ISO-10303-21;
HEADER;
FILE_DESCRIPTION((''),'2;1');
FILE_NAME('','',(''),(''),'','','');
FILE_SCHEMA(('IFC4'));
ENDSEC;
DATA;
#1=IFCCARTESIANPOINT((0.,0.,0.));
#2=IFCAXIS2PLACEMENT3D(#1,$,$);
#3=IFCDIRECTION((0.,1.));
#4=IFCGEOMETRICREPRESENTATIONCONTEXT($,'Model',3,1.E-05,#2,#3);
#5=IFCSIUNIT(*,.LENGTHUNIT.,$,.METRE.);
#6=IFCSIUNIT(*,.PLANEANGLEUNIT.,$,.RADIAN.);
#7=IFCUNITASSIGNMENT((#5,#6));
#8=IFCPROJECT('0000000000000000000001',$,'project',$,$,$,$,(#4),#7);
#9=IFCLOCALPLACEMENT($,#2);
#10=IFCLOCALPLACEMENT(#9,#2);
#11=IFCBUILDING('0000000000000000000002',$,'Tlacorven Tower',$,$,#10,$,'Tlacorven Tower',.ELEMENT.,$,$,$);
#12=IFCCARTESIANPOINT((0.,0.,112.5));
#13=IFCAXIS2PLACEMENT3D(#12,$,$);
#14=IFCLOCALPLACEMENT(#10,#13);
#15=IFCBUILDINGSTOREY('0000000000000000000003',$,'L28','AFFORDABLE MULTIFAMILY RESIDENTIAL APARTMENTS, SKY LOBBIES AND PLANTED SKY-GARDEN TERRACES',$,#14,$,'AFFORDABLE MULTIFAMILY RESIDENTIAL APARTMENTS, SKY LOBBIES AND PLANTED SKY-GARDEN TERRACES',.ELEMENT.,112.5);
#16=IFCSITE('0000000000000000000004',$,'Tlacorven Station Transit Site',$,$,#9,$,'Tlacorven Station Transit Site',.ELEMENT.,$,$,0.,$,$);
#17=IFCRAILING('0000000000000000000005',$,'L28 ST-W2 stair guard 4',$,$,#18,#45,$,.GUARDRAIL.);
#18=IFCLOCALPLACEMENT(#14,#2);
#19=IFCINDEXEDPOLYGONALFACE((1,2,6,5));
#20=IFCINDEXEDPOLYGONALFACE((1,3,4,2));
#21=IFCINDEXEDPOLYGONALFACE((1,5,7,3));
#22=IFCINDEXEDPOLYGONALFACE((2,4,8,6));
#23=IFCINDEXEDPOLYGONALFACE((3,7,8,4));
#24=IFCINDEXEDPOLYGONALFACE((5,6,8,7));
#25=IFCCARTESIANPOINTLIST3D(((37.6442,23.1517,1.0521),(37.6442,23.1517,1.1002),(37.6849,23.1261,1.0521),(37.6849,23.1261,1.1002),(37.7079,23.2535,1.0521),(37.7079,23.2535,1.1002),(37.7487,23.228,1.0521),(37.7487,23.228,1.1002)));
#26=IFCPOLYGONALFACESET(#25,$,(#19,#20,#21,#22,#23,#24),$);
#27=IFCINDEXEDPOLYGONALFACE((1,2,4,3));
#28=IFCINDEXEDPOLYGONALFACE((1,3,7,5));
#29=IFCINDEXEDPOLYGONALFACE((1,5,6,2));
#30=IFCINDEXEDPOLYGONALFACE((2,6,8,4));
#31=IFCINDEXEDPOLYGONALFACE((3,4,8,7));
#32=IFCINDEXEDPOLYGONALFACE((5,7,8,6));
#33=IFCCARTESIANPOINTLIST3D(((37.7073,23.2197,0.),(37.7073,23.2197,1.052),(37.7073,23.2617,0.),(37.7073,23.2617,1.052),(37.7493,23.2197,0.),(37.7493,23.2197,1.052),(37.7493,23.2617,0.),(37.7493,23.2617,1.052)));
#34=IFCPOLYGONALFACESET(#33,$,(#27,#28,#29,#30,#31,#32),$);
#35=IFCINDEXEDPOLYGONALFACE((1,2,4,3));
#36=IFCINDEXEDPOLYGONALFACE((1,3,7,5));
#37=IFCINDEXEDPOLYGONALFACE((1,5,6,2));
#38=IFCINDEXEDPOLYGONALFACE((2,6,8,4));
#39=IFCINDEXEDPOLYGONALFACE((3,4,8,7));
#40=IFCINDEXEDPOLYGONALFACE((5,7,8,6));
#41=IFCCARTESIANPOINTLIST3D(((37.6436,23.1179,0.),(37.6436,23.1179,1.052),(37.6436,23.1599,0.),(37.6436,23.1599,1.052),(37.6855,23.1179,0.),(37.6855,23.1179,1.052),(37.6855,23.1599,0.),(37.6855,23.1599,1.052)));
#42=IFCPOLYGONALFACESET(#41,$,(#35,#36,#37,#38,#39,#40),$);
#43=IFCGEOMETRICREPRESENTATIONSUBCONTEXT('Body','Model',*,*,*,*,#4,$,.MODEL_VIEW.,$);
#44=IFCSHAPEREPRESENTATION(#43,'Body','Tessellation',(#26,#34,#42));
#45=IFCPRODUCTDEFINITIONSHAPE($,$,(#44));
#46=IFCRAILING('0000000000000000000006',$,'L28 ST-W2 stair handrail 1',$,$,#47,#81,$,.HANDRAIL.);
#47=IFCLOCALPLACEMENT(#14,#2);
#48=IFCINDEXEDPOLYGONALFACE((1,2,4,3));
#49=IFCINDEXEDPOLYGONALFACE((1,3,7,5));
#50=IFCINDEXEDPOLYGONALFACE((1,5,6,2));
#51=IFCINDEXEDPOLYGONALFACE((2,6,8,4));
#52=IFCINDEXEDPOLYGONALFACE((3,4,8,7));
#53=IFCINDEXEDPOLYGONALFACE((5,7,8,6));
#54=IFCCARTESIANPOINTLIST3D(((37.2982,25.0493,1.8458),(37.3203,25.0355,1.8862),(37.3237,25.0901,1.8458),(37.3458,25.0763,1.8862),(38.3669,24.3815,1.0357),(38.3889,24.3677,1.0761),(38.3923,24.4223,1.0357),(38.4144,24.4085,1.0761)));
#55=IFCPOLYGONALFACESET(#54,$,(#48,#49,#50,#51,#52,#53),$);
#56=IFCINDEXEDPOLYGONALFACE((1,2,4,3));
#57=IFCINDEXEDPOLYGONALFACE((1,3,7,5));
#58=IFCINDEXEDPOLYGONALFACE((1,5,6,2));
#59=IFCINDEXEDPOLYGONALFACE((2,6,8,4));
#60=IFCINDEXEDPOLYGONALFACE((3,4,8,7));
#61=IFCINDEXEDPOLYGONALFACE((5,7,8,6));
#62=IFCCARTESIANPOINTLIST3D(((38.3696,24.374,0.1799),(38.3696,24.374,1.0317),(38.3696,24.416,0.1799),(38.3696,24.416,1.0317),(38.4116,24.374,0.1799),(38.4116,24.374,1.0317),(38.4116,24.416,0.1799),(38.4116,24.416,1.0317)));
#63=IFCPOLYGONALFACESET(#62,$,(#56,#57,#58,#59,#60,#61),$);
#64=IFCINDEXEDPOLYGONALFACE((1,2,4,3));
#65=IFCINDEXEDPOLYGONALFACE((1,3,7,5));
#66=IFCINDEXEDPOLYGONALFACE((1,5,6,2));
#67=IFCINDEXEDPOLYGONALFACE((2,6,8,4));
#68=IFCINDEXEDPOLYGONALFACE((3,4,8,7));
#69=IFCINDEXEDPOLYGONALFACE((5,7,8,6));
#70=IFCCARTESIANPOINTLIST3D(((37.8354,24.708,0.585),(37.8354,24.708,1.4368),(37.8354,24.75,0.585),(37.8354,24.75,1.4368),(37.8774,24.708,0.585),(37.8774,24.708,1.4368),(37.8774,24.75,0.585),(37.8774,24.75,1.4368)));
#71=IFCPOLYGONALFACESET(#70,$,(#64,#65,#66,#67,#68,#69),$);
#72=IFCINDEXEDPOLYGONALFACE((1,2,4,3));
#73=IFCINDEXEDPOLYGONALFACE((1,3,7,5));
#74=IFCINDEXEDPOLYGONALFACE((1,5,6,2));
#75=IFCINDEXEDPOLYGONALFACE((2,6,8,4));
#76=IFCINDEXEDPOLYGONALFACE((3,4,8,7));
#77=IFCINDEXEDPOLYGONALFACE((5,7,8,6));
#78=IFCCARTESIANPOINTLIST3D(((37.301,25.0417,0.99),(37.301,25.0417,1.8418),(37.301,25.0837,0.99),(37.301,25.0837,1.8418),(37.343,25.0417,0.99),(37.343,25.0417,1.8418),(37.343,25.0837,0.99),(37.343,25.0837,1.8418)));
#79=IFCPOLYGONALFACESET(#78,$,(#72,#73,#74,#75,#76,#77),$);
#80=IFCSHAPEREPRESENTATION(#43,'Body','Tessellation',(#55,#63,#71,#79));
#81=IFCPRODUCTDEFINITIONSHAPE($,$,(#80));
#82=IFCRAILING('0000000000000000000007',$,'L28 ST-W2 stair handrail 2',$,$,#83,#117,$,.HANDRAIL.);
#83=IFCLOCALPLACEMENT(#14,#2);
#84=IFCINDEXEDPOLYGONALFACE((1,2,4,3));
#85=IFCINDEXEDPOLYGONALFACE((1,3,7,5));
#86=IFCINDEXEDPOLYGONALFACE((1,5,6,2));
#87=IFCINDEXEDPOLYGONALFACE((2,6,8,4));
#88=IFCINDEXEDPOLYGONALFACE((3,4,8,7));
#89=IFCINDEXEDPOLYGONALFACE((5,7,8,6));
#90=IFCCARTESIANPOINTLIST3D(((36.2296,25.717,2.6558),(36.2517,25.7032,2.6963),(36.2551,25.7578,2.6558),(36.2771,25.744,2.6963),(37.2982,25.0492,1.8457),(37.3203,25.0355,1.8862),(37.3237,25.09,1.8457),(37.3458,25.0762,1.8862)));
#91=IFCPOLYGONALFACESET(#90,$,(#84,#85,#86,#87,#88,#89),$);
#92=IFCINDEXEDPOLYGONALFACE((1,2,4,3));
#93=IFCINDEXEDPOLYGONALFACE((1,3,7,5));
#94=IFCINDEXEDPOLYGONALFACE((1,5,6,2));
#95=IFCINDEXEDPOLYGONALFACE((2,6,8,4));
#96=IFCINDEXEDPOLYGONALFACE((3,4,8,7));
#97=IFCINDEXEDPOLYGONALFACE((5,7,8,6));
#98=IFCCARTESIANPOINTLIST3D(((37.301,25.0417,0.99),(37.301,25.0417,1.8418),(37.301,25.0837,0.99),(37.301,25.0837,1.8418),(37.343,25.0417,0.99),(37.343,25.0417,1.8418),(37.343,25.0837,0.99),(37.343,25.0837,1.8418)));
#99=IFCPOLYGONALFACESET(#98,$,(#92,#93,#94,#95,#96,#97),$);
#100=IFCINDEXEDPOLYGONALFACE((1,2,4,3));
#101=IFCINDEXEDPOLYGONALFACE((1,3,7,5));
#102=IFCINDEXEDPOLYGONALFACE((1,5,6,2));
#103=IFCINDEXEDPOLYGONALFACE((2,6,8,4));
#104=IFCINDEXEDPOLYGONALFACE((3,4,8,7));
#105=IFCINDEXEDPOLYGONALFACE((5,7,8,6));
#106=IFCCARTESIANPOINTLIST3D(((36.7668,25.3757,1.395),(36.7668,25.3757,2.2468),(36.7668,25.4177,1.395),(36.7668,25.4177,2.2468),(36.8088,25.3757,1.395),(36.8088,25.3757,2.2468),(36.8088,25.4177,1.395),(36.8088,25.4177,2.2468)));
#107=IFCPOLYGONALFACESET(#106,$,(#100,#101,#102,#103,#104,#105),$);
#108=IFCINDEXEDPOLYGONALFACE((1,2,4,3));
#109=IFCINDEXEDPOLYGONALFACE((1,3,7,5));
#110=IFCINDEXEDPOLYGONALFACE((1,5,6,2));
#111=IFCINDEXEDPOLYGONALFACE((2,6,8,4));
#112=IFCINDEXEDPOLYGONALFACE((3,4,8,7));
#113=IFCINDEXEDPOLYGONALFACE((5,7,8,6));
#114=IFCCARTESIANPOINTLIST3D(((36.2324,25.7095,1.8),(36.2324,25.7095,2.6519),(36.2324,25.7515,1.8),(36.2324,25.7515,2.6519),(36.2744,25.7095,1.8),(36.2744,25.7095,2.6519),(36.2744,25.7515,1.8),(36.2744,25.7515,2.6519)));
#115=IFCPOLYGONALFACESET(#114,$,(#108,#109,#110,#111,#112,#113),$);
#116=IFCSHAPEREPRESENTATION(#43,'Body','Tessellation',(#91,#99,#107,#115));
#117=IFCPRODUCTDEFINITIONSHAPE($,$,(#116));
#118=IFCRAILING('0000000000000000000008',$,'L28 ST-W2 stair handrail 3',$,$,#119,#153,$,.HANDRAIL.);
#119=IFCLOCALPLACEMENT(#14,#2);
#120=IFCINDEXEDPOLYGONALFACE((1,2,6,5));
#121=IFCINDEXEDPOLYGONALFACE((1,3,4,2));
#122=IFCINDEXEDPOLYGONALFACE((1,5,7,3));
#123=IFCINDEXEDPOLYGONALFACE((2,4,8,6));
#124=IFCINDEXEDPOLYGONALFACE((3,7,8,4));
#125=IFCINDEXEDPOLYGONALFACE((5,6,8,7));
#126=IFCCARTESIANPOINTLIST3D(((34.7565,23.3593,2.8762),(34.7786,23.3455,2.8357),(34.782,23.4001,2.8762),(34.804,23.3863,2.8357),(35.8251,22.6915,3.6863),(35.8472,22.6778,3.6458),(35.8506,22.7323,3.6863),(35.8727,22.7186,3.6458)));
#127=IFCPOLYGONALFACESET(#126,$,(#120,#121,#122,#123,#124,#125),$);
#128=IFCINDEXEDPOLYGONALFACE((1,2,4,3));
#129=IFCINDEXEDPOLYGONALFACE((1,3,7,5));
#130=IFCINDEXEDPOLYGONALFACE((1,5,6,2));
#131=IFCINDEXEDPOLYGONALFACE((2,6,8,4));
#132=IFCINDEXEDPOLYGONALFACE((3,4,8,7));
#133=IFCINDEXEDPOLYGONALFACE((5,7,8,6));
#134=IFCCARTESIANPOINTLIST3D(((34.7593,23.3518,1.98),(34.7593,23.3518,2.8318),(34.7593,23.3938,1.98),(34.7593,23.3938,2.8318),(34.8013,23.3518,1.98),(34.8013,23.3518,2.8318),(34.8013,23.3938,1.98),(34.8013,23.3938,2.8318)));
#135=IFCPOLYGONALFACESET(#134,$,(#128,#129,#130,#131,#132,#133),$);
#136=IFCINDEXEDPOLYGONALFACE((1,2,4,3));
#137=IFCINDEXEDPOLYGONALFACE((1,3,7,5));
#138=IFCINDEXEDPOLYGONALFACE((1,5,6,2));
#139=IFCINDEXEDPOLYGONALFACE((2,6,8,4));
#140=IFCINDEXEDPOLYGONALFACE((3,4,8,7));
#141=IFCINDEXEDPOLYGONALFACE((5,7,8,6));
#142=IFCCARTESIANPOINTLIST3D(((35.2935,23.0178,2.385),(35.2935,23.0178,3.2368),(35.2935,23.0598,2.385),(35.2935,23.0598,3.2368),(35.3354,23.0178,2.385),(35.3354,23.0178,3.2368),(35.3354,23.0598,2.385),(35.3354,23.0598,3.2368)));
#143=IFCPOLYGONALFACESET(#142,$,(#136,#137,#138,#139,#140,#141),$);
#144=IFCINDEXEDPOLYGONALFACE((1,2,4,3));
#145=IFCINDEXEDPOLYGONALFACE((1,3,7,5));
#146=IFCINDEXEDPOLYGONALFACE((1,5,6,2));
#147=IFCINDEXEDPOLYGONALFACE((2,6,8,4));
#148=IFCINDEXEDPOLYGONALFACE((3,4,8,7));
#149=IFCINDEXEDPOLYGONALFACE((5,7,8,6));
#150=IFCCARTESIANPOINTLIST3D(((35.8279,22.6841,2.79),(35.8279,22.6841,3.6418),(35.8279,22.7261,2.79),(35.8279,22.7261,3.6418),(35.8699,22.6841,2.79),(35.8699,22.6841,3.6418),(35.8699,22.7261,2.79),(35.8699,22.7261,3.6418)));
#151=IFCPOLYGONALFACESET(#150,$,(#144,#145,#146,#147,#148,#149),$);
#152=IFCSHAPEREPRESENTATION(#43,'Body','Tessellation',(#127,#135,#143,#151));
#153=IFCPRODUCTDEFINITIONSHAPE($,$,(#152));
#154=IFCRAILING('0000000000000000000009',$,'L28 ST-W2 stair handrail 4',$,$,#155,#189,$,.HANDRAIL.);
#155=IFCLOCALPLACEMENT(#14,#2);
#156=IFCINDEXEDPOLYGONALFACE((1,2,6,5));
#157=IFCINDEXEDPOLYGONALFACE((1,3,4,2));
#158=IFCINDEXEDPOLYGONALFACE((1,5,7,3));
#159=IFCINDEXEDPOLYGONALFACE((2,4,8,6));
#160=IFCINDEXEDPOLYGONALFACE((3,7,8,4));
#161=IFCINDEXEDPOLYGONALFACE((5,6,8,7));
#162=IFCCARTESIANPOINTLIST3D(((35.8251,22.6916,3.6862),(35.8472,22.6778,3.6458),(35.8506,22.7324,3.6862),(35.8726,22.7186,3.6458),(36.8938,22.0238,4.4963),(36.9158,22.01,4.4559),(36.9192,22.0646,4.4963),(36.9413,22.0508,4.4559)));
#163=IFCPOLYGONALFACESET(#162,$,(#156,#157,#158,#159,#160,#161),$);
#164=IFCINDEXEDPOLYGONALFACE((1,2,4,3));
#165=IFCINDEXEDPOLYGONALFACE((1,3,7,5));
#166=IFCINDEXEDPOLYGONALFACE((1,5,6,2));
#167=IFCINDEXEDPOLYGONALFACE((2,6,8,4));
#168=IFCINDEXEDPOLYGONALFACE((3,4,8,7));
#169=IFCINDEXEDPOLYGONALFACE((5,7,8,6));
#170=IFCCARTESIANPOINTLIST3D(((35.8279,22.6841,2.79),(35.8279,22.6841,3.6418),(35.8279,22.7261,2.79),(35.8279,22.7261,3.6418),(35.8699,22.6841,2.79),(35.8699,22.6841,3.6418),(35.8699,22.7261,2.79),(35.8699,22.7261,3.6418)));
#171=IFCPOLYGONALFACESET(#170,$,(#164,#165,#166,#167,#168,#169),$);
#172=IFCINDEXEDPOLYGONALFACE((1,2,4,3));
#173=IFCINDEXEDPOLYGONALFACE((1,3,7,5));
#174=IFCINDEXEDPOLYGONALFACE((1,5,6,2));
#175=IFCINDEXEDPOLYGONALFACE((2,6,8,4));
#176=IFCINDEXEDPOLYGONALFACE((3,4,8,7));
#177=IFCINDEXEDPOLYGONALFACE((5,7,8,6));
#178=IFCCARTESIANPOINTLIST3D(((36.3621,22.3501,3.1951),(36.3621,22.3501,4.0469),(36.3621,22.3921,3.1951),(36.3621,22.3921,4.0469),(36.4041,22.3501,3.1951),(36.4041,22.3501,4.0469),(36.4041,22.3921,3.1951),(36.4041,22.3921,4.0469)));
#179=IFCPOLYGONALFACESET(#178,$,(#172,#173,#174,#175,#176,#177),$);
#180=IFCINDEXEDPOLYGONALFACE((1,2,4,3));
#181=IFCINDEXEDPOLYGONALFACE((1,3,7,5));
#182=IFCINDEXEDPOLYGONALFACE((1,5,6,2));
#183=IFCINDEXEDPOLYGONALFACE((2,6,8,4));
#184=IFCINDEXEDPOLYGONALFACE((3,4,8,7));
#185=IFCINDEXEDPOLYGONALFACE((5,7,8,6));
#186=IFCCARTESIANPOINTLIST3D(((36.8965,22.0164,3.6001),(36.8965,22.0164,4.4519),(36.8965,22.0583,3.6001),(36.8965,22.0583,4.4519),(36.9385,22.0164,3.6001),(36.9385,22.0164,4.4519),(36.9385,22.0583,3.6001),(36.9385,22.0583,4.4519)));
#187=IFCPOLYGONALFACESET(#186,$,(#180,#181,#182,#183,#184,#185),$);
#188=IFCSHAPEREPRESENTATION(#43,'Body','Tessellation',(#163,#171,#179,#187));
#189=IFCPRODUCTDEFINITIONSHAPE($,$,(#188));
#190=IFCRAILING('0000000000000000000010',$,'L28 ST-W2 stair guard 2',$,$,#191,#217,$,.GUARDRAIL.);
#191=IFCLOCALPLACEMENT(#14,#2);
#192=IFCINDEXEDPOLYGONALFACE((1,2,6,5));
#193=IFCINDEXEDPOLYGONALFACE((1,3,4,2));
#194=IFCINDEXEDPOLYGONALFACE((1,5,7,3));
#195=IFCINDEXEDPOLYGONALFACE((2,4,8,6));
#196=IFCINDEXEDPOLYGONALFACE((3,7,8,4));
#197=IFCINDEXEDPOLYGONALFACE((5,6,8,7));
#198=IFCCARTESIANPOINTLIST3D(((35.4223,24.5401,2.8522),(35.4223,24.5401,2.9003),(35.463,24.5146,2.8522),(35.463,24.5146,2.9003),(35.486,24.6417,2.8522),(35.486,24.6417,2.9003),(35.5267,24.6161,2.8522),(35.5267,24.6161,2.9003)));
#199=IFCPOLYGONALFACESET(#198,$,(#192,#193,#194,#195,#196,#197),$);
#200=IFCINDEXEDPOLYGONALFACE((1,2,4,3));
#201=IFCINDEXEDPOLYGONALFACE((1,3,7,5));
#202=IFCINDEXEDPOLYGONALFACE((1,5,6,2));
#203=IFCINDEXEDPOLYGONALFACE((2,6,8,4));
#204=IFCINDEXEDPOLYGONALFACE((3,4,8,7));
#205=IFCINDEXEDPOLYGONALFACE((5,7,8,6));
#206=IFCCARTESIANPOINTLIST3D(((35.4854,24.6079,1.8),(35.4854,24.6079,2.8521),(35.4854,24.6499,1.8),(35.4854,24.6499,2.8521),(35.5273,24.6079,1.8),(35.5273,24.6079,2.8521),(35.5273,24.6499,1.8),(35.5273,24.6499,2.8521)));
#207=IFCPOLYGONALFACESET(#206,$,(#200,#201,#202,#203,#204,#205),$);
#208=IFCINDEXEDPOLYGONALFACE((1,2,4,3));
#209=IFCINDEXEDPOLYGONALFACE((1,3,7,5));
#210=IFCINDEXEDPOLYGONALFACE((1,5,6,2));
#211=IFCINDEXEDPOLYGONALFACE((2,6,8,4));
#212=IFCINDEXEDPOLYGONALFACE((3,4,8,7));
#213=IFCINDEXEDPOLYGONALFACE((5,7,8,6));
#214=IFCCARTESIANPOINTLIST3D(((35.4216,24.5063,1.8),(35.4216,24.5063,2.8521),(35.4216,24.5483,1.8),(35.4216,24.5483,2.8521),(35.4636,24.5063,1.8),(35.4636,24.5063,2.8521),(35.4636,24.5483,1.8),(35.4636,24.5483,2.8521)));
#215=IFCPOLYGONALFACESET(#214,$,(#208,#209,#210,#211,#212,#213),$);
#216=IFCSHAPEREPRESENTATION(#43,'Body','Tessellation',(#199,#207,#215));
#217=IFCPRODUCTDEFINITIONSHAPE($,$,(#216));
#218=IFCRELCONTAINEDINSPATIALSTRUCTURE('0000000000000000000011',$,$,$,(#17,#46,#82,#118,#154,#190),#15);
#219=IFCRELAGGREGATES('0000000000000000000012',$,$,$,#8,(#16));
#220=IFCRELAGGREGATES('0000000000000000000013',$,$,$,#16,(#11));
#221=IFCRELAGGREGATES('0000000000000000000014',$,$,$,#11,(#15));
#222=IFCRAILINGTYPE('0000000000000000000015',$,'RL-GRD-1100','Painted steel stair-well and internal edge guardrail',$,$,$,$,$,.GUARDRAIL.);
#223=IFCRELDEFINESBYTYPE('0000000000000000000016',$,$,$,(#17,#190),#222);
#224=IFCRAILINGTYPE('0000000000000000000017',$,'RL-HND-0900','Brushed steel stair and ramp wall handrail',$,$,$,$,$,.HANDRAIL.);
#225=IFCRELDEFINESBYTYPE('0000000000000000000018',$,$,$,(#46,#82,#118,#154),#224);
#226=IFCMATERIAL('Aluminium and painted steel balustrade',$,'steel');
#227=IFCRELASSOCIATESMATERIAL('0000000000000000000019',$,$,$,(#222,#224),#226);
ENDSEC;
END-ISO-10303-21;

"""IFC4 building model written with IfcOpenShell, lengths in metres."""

from ifc_helpers import new_model, si_unit, direction, frame, origin, origin_2d, place, context, subcontext, project, spatial, rectangle, extrude, source, transform, mapped, material, type_object, element, save


model = new_model("IFC4")

# Units and contexts
model_context = context("Model", 3, precision=1e-05, world=origin(), true_north=direction((0.0, 1.0)))
body_context = subcontext(model_context, "Body", "Model", "MODEL_VIEW")
ifc_project = project(units=[si_unit("LENGTHUNIT", "METRE"), si_unit("PLANEANGLEUNIT", "RADIAN")], contexts=[model_context])

# Site, building, storey
site_placement = place(None, origin())
site = spatial("IfcSite", under=ifc_project, at=site_placement, Name="Tlacorven Station Transit Site", LongName="Tlacorven Station Transit Site", CompositionType="ELEMENT", RefElevation=0.0)
building_placement = place(site_placement, origin())
building = spatial("IfcBuilding", under=site, at=building_placement, Name="Tlacorven Tower", LongName="Tlacorven Tower", CompositionType="ELEMENT")
storey_placement = place(building_placement, frame((0.0, 0.0, 112.5)))
storey = spatial("IfcBuildingStorey", under=building, at=storey_placement, Name="L28", Description="AFFORDABLE MULTIFAMILY RESIDENTIAL APARTMENTS, SKY LOBBIES AND PLANTED SKY-GARDEN TERRACES", LongName="AFFORDABLE MULTIFAMILY RESIDENTIAL APARTMENTS, SKY LOBBIES AND PLANTED SKY-GARDEN TERRACES", CompositionType="ELEMENT", Elevation=112.5)

# Railings
ifc_material_1 = material(Name="Aluminium and painted steel balustrade", Category="steel")
railing_type_1 = type_object("IfcRailingType", Name="RL-GRD-1100", Description="Painted steel stair-well and internal edge guardrail", PredefinedType="GUARDRAIL", material=ifc_material_1)
shared_shape_1 = source(origin(), body_context, "Body", "SweptSolid", [
    extrude(rectangle(XDim=0.0481, YDim=0.0481, at=origin_2d()), frame((0.0, 0.0, 1.0762), z_axis=(-0.530547, -0.847656, 0.0), x_axis=(0.847656, -0.530547, 0.0)), (0.0, 0.0, 1.0), 0.1201),
    extrude(rectangle(XDim=0.042, YDim=0.042, at=origin_2d()), origin(), (0.0, 0.0, 1.0), 1.052),
    extrude(rectangle(XDim=0.042, YDim=0.042, at=origin_2d()), frame((-0.0637, -0.1018, 0.0)), (0.0, 0.0, 1.0), 1.052),
])
railing_1_placement = place(storey_placement, frame((37.7283, 23.2407, 0.0)))
element("IfcRailing", 1, at=railing_1_placement, inside=storey, type_object=railing_type_1, Name="L28 ST-W2 stair guard 4", PredefinedType="GUARDRAIL", context=body_context, shape_type="MappedRepresentation", body=[
    mapped(shared_shape_1, transform((0.0, 0.0, 0.0), scale=1.0)),
])
railing_type_2 = type_object("IfcRailingType", Name="RL-HND-0900", Description="Brushed steel stair and ramp wall handrail", PredefinedType="HANDRAIL", material=ifc_material_1)
shared_shape_2 = source(origin(), body_context, "Body", "SweptSolid", [
    extrude(rectangle(XDim=0.0481, YDim=0.0481, at=origin_2d()), frame((0.0, 0.0, 0.876), z_axis=(-0.71336, 0.445748, 0.540765), x_axis=(-0.529912, -0.848053, 0.0)), (0.0, 0.0, 1.0), 1.498),
    extrude(rectangle(XDim=0.042, YDim=0.042, at=origin_2d()), origin(), (0.0, 0.0, 1.0), 0.8518),
    extrude(rectangle(XDim=0.042, YDim=0.042, at=origin_2d()), frame((-0.5342, 0.334, 0.405)), (0.0, 0.0, 1.0), 0.8518),
    extrude(rectangle(XDim=0.042, YDim=0.042, at=origin_2d()), frame((-1.0686, 0.6677, 0.8101)), (0.0, 0.0, 1.0), 0.8518),
])
for number, where, name in (
    (2, (38.3906, 24.395, 0.1799), "L28 ST-W2 stair handrail 1"),
    (3, (37.322, 25.0627, 0.99), "L28 ST-W2 stair handrail 2"),
):
    element("IfcRailing", number, at=place(storey_placement, frame(where)), inside=storey, type_object=railing_type_2, Name=name, PredefinedType="HANDRAIL", context=body_context, shape_type="MappedRepresentation", body=[
        mapped(shared_shape_2, transform((0.0, 0.0, 0.0), scale=1.0)),
    ])
shared_shape_3 = source(origin(), body_context, "Body", "SweptSolid", [
    extrude(rectangle(XDim=0.0481, YDim=0.0481, at=origin_2d()), frame((0.0, 0.0, 0.876), z_axis=(0.71336, -0.445748, 0.540765), x_axis=(0.529912, 0.848053, 0.0)), (0.0, 0.0, 1.0), 1.498),
    extrude(rectangle(XDim=0.042, YDim=0.042, at=origin_2d()), origin(), (0.0, 0.0, 1.0), 0.8518),
    extrude(rectangle(XDim=0.042, YDim=0.042, at=origin_2d()), frame((0.5342, -0.334, 0.405)), (0.0, 0.0, 1.0), 0.8518),
    extrude(rectangle(XDim=0.042, YDim=0.042, at=origin_2d()), frame((1.0686, -0.6677, 0.8101)), (0.0, 0.0, 1.0), 0.8518),
])
for number, where, name in (
    (4, (34.7803, 23.3728, 1.98), "L28 ST-W2 stair handrail 3"),
    (5, (35.8489, 22.7051, 2.79), "L28 ST-W2 stair handrail 4"),
):
    element("IfcRailing", number, at=place(storey_placement, frame(where)), inside=storey, type_object=railing_type_2, Name=name, PredefinedType="HANDRAIL", context=body_context, shape_type="MappedRepresentation", body=[
        mapped(shared_shape_3, transform((0.0, 0.0, 0.0), scale=1.0)),
    ])
shared_shape_4 = source(origin(), body_context, "Body", "SweptSolid", [
    extrude(rectangle(XDim=0.0481, YDim=0.0481, at=origin_2d()), frame((0.0, 0.0, 1.0762), z_axis=(-0.531462, -0.847082, 0.0), x_axis=(0.847082, -0.531462, 0.0)), (0.0, 0.0, 1.0), 0.1199),
    extrude(rectangle(XDim=0.042, YDim=0.042, at=origin_2d()), origin(), (0.0, 0.0, 1.0), 1.052),
    extrude(rectangle(XDim=0.042, YDim=0.042, at=origin_2d()), frame((-0.0637, -0.1016, 0.0)), (0.0, 0.0, 1.0), 1.052),
])
railing_2_placement = place(storey_placement, frame((35.5063, 24.6289, 1.8)))
element("IfcRailing", 6, at=railing_2_placement, inside=storey, type_object=railing_type_1, Name="L28 ST-W2 stair guard 2", PredefinedType="GUARDRAIL", context=body_context, shape_type="MappedRepresentation", body=[
    mapped(shared_shape_4, transform((0.0, 0.0, 0.0), scale=1.0)),
])

save(model, "model.ifc")
